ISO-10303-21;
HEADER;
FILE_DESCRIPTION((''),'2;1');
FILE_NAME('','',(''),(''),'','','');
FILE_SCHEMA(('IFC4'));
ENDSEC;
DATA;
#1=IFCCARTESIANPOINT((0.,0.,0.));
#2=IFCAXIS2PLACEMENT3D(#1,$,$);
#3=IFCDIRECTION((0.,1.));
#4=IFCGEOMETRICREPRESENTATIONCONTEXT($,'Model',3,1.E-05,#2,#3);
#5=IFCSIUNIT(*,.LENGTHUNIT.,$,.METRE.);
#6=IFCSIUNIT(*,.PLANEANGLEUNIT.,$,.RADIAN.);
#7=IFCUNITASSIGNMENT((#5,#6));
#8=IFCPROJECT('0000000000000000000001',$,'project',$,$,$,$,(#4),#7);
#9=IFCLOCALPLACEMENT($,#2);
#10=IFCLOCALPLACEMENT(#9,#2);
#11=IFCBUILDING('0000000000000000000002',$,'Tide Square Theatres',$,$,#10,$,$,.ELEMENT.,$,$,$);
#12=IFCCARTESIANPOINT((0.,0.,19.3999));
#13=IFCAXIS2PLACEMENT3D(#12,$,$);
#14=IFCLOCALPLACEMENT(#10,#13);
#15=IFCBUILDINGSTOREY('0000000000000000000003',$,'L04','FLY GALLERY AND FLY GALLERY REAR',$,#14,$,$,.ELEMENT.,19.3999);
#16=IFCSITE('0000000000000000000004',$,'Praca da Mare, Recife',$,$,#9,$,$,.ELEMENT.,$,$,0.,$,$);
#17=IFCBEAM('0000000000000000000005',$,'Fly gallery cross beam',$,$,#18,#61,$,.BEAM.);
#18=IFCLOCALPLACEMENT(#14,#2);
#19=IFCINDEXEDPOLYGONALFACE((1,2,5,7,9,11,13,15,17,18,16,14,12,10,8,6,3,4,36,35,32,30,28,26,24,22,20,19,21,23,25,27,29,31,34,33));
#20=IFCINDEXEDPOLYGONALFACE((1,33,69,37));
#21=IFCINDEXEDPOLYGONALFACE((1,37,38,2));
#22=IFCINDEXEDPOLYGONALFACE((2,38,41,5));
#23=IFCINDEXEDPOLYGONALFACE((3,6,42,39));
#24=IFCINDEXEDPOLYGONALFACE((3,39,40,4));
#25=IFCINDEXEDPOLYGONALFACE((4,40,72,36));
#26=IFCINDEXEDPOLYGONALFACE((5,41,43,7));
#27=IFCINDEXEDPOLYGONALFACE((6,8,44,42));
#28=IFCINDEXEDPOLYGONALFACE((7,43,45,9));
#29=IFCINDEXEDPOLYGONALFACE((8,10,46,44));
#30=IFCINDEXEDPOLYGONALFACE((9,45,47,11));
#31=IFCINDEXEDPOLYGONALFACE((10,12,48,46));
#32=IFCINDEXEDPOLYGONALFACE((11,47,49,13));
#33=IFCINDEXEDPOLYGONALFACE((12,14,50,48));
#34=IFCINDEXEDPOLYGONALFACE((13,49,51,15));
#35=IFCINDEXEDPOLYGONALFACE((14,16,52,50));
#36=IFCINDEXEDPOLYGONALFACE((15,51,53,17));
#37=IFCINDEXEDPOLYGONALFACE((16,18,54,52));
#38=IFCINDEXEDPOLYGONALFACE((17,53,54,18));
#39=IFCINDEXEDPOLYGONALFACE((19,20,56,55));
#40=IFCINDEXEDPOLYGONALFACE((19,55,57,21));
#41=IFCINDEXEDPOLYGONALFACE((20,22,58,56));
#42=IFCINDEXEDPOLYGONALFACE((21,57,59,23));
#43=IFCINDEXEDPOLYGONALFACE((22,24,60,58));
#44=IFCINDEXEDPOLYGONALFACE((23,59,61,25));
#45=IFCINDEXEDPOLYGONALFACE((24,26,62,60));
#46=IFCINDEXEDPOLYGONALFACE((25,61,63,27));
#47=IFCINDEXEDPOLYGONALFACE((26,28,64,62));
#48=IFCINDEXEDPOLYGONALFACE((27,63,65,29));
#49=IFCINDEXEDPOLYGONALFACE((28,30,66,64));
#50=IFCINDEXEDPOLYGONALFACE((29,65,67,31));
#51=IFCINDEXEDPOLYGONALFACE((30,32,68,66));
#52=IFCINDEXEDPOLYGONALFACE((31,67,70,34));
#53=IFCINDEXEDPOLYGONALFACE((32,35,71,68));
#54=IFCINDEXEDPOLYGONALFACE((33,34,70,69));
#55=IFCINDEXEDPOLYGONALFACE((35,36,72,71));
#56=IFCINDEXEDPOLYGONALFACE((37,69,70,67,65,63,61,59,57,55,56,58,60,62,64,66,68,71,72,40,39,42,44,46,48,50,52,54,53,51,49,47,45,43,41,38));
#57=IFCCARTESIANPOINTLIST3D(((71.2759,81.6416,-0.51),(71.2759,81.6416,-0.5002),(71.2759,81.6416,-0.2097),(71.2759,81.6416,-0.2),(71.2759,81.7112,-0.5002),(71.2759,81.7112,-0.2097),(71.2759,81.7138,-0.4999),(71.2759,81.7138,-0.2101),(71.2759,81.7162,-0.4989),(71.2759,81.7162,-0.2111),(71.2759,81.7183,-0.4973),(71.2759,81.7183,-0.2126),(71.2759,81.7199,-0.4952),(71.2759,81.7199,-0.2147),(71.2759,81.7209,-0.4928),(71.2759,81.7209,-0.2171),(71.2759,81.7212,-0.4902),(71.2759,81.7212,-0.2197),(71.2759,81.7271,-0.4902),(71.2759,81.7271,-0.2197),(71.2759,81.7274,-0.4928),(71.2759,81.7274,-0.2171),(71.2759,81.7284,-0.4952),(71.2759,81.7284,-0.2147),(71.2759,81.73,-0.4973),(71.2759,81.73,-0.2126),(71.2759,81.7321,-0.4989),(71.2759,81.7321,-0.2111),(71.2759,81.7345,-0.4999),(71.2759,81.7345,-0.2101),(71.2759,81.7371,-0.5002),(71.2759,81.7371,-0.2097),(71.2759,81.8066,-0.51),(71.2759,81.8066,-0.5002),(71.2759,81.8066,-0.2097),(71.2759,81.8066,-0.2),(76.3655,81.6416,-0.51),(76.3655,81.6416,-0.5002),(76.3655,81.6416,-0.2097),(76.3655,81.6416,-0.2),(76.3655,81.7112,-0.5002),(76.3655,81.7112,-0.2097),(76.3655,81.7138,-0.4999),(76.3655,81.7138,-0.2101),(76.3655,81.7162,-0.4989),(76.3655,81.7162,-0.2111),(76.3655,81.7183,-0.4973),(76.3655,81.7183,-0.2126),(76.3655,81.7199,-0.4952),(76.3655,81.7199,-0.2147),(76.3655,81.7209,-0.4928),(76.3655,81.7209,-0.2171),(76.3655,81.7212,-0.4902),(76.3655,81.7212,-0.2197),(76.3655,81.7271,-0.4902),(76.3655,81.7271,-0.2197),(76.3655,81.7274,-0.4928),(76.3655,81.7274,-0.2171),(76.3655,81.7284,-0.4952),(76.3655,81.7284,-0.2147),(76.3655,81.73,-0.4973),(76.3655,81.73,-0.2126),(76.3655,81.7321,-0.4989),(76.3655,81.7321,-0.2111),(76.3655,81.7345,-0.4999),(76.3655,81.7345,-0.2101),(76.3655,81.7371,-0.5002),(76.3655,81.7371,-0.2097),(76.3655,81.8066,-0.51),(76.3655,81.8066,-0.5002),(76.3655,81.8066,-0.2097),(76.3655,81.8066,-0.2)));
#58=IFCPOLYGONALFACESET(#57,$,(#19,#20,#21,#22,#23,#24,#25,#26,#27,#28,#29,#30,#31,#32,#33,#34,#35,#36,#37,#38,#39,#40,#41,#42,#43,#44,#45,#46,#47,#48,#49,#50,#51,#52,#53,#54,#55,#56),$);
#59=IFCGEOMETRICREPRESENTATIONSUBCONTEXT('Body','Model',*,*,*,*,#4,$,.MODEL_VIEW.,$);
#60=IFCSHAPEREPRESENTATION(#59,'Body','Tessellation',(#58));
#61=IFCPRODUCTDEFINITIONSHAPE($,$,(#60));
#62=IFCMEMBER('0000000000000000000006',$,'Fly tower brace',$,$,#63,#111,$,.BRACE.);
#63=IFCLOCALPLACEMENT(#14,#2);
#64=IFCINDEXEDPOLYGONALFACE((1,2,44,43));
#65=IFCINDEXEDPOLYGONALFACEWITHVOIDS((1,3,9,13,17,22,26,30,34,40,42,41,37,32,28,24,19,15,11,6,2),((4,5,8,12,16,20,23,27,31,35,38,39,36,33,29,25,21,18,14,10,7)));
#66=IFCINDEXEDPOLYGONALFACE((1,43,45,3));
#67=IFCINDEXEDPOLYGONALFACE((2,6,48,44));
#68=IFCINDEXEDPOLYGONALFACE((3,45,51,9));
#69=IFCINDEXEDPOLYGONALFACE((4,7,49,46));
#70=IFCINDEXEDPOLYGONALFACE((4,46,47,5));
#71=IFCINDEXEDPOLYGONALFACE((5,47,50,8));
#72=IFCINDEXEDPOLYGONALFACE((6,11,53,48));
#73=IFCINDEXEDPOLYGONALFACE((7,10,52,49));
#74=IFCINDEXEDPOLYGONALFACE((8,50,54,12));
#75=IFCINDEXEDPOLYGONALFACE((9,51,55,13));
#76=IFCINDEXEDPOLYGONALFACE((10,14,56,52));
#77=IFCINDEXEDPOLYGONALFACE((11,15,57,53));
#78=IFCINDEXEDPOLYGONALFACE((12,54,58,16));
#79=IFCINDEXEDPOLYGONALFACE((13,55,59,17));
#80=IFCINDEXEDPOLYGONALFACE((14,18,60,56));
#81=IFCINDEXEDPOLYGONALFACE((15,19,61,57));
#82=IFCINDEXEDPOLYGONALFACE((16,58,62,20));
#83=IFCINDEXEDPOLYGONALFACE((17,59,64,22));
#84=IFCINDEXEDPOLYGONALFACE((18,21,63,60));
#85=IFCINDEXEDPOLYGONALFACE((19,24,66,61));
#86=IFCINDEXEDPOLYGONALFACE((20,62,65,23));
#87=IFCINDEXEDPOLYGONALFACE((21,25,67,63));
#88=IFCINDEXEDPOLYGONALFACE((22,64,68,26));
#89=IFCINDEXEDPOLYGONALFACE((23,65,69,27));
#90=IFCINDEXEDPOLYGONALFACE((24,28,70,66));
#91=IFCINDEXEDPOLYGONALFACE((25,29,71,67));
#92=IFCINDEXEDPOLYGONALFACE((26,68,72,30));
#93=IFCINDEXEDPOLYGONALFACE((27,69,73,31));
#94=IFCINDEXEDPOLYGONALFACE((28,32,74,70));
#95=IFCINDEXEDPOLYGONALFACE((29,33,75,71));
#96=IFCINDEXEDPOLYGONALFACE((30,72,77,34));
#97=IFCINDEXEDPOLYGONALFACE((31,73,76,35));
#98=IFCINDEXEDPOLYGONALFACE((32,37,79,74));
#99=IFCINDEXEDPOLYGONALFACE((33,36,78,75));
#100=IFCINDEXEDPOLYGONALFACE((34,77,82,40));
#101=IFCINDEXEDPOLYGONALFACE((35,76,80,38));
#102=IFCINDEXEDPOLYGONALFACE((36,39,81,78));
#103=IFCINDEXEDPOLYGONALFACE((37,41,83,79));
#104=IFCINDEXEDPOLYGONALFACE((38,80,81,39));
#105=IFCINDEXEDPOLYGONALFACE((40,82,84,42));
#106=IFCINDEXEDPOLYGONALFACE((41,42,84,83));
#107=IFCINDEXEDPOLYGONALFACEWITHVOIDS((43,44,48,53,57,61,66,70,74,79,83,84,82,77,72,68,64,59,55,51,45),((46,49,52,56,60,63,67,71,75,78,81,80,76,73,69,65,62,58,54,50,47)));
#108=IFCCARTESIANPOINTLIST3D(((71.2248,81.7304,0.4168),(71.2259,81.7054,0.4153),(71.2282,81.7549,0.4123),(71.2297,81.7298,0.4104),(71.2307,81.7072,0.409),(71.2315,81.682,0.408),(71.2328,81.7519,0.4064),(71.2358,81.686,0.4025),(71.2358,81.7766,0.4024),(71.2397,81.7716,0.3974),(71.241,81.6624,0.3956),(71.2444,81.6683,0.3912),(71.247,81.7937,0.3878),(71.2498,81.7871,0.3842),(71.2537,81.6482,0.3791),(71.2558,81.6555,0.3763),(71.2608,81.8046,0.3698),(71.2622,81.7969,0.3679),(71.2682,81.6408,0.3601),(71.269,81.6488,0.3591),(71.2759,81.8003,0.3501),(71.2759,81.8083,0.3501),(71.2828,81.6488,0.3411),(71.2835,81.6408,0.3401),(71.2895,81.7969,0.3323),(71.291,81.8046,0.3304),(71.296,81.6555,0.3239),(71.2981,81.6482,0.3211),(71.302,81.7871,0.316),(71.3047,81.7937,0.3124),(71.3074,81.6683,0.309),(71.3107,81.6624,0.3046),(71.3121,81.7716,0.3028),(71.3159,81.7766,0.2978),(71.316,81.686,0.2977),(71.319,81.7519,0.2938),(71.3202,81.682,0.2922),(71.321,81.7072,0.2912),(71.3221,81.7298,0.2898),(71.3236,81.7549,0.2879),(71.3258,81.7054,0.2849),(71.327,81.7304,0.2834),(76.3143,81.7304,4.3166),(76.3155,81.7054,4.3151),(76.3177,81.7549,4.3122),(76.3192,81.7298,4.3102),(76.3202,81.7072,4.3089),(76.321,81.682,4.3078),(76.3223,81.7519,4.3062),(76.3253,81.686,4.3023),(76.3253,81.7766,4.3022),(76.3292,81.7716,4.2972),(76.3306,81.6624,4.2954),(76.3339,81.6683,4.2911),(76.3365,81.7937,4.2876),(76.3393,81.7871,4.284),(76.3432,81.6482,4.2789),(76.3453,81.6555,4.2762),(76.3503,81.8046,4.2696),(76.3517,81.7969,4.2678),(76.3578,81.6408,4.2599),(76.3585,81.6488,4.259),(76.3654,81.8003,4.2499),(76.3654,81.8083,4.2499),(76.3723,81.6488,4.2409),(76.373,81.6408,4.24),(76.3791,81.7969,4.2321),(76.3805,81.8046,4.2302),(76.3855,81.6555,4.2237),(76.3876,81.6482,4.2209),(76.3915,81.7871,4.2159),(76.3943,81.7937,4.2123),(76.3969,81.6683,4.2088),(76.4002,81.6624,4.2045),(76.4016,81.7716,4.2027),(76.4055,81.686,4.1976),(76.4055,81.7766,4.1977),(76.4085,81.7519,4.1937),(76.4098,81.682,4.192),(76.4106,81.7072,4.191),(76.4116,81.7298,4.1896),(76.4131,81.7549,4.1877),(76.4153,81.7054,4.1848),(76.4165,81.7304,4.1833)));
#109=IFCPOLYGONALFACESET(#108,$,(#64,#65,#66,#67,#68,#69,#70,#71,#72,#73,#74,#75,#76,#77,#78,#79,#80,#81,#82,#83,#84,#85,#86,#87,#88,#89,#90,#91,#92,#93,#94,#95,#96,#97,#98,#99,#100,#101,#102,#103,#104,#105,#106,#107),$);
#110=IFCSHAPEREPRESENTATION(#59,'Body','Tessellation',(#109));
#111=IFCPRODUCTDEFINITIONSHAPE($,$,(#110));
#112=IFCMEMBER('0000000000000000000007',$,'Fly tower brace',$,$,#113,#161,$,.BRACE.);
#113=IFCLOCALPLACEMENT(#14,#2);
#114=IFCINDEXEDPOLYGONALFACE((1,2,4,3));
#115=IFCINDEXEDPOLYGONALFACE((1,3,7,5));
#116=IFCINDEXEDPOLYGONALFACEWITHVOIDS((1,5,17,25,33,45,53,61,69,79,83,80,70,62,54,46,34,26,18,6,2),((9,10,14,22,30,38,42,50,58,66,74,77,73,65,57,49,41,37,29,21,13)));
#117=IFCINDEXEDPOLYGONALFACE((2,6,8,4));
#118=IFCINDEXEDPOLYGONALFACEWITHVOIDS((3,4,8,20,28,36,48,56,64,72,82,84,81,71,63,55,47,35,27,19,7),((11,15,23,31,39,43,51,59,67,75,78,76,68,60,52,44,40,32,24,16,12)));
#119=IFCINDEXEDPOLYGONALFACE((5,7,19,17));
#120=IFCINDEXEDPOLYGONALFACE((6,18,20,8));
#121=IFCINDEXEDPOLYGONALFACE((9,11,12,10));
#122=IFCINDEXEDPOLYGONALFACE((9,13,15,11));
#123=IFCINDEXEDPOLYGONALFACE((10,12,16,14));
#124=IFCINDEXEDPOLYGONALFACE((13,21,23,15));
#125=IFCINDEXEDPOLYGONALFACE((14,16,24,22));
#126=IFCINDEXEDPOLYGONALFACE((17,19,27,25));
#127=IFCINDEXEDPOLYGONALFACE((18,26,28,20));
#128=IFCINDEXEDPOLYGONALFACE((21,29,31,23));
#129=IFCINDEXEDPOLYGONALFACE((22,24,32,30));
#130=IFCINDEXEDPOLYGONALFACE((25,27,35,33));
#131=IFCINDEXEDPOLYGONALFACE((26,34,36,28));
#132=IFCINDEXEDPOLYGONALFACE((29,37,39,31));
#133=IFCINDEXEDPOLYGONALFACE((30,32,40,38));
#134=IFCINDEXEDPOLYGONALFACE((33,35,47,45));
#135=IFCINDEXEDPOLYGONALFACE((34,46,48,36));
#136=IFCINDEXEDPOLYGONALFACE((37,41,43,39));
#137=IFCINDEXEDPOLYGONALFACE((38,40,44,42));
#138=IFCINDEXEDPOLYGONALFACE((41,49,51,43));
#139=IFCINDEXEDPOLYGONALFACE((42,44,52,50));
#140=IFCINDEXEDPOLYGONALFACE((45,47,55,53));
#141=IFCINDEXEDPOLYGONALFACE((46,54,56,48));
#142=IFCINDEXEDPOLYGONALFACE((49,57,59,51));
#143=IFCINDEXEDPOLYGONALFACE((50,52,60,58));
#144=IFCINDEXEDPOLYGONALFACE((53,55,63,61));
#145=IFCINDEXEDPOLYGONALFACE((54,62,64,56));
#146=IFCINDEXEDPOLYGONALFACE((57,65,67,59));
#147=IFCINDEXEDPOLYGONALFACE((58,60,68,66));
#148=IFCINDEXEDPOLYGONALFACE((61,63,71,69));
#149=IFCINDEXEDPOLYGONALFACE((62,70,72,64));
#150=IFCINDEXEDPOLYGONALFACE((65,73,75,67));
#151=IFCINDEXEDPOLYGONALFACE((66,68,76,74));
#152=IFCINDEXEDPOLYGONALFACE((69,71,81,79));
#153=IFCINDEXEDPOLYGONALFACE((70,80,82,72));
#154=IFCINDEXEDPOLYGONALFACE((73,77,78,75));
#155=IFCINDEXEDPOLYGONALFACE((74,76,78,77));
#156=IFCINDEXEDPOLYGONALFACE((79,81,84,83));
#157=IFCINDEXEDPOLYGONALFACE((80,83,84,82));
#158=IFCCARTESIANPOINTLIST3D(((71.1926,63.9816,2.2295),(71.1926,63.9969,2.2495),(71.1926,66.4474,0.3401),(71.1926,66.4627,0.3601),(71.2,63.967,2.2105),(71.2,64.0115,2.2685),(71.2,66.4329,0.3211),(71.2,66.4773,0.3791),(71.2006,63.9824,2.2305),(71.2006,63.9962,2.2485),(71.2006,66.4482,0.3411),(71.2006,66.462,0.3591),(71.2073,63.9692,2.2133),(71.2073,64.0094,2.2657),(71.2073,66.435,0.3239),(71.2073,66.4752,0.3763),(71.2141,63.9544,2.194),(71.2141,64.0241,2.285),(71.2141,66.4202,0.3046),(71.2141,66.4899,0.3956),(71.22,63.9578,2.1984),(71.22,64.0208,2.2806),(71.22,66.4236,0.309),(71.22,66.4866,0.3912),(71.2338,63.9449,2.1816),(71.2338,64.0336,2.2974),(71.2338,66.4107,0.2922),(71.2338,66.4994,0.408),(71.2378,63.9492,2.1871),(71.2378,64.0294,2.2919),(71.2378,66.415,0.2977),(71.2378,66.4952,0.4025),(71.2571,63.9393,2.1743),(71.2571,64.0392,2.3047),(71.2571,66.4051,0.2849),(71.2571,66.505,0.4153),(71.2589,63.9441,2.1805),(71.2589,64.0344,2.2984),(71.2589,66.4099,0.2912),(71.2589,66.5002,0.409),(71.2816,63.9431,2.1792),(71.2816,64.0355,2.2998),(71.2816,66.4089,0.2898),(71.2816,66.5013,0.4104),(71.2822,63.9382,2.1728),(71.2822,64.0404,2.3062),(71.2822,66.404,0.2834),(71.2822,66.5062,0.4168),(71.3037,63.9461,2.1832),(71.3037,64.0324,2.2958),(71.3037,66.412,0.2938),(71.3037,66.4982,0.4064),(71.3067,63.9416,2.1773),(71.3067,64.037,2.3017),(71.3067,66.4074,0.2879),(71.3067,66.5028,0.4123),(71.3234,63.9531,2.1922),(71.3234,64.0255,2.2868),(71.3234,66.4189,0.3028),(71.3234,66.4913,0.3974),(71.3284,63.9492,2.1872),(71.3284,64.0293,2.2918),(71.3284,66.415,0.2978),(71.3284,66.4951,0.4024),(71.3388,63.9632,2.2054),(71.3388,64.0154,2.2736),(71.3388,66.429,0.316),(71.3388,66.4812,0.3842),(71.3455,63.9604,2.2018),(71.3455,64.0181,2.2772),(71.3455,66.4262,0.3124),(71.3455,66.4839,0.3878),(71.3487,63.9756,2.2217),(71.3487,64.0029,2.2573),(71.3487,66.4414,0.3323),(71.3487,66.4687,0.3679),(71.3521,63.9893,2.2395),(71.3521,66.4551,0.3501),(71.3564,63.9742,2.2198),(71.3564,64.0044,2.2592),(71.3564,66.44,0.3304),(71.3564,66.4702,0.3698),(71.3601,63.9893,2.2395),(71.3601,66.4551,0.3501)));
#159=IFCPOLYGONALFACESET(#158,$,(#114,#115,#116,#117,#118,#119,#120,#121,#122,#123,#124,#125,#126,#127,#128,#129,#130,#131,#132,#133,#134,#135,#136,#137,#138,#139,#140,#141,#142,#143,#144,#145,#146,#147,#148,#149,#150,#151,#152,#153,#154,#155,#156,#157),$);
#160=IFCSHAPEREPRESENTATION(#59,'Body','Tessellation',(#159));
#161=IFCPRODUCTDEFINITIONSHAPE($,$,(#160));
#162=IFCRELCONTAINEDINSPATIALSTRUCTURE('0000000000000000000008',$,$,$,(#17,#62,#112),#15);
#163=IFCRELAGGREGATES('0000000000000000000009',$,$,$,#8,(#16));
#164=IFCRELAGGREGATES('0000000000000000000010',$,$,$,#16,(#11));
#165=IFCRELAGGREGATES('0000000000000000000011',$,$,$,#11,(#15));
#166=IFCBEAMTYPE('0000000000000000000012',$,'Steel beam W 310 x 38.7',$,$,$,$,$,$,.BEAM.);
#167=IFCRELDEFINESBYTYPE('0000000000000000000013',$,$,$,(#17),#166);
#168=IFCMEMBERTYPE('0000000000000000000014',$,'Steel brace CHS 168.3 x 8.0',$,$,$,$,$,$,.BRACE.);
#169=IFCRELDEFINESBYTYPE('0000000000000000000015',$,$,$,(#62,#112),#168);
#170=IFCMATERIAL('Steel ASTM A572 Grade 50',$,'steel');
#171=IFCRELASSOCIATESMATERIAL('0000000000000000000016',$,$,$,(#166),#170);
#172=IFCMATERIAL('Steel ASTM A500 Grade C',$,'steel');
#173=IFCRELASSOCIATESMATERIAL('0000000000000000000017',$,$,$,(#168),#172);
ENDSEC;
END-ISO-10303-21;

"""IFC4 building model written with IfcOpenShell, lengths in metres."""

from ifc_helpers import new_model, si_unit, direction, frame, origin, origin_2d, place, context, subcontext, project, spatial, hollow_circle, i_section, extrude, material, material_profile, profile_set, type_object, element, save


model = new_model("IFC4")

# Units and contexts
model_context = context("Model", 3, precision=1e-05, world=origin(), true_north=direction((0.0, 1.0)))
body_context = subcontext(model_context, "Body", "Model", "MODEL_VIEW")
ifc_project = project(units=[si_unit("LENGTHUNIT", "METRE"), si_unit("PLANEANGLEUNIT", "RADIAN")], contexts=[model_context])

# Site, building, storey
site_placement = place(None, origin())
site = spatial("IfcSite", under=ifc_project, at=site_placement, Name="Praca da Mare, Recife", CompositionType="ELEMENT", RefElevation=0.0)
building_placement = place(site_placement, origin())
building = spatial("IfcBuilding", under=site, at=building_placement, Name="Tide Square Theatres", CompositionType="ELEMENT")
storey_placement = place(building_placement, frame((0.0, 0.0, 19.3999)))
storey = spatial("IfcBuildingStorey", under=building, at=storey_placement, Name="L04", Description="FLY GALLERY AND FLY GALLERY REAR", CompositionType="ELEMENT", Elevation=19.3999)

# Beam
ifc_material_1 = material(Name="Steel ASTM A572 Grade 50", Category="steel")
ifc_material_profile_1 = material_profile(ifc_material_1, i_section(OverallWidth=0.165, OverallDepth=0.3101, WebThickness=0.0059, FlangeThickness=0.0098, FilletRadius=0.01, at=origin_2d()))
ifc_profile_set_1 = profile_set([ifc_material_profile_1], Name="Steel ASTM A572 Grade 50")
beam_type_1 = type_object("IfcBeamType", Name="Steel beam W 310 x 38.7", PredefinedType="BEAM", material=ifc_profile_set_1)
for number, where, z_axis, x_axis, name in (
    (1, (71.2759, 81.7241, -0.355), (1.0, 0.0, 0.0), (0.0, 1.0, 0.0), "Fly gallery cross beam"),
):
    element("IfcBeam", number, at=place(storey_placement, frame(where, z_axis=z_axis, x_axis=x_axis)), inside=storey, type_object=beam_type_1, Name=name, PredefinedType="BEAM", context=body_context, shape_type="SweptSolid", body=[
        extrude(i_section(OverallWidth=0.165, OverallDepth=0.3101, WebThickness=0.0059, FlangeThickness=0.0098, FilletRadius=0.01, at=origin_2d()), origin(), (0.0, 0.0, 1.0), 5.0896),
    ])

# Members
ifc_material_2 = material(Name="Steel ASTM A500 Grade C", Category="steel")
ifc_material_profile_2 = material_profile(ifc_material_2, hollow_circle(Radius=0.0842, WallThickness=0.0081, at=origin_2d()))
ifc_profile_set_2 = profile_set([ifc_material_profile_2], Name="Steel ASTM A500 Grade C")
member_type = type_object("IfcMemberType", Name="Steel brace CHS 168.3 x 8.0", PredefinedType="BRACE", material=ifc_profile_set_2)
member_1_placement = place(storey_placement, frame((71.2759, 81.7241, 0.3501), z_axis=(0.793766, 0.0, 0.608223), x_axis=(0.0, 1.0, 0.0)))
element("IfcMember", 2, at=member_1_placement, inside=storey, type_object=member_type, Name="Fly tower brace", PredefinedType="BRACE", context=body_context, shape_type="SweptSolid", body=[
    extrude(hollow_circle(Radius=0.0842, WallThickness=0.0081, at=origin_2d()), origin(), (0.0, 0.0, 1.0), 6.4119),
])
member_2_placement = place(storey_placement, frame((71.2759, 66.4551, 0.3501), z_axis=(0.0, -0.793771, 0.608217), x_axis=(1.0, 0.0, 0.0)))
element("IfcMember", 3, at=member_2_placement, inside=storey, type_object=member_type, Name="Fly tower brace", PredefinedType="BRACE", context=body_context, shape_type="SweptSolid", body=[
    extrude(hollow_circle(Radius=0.0842, WallThickness=0.0081, at=origin_2d()), origin(), (0.0, 0.0, 1.0), 3.1064),
])

save(model, "model.ifc")
